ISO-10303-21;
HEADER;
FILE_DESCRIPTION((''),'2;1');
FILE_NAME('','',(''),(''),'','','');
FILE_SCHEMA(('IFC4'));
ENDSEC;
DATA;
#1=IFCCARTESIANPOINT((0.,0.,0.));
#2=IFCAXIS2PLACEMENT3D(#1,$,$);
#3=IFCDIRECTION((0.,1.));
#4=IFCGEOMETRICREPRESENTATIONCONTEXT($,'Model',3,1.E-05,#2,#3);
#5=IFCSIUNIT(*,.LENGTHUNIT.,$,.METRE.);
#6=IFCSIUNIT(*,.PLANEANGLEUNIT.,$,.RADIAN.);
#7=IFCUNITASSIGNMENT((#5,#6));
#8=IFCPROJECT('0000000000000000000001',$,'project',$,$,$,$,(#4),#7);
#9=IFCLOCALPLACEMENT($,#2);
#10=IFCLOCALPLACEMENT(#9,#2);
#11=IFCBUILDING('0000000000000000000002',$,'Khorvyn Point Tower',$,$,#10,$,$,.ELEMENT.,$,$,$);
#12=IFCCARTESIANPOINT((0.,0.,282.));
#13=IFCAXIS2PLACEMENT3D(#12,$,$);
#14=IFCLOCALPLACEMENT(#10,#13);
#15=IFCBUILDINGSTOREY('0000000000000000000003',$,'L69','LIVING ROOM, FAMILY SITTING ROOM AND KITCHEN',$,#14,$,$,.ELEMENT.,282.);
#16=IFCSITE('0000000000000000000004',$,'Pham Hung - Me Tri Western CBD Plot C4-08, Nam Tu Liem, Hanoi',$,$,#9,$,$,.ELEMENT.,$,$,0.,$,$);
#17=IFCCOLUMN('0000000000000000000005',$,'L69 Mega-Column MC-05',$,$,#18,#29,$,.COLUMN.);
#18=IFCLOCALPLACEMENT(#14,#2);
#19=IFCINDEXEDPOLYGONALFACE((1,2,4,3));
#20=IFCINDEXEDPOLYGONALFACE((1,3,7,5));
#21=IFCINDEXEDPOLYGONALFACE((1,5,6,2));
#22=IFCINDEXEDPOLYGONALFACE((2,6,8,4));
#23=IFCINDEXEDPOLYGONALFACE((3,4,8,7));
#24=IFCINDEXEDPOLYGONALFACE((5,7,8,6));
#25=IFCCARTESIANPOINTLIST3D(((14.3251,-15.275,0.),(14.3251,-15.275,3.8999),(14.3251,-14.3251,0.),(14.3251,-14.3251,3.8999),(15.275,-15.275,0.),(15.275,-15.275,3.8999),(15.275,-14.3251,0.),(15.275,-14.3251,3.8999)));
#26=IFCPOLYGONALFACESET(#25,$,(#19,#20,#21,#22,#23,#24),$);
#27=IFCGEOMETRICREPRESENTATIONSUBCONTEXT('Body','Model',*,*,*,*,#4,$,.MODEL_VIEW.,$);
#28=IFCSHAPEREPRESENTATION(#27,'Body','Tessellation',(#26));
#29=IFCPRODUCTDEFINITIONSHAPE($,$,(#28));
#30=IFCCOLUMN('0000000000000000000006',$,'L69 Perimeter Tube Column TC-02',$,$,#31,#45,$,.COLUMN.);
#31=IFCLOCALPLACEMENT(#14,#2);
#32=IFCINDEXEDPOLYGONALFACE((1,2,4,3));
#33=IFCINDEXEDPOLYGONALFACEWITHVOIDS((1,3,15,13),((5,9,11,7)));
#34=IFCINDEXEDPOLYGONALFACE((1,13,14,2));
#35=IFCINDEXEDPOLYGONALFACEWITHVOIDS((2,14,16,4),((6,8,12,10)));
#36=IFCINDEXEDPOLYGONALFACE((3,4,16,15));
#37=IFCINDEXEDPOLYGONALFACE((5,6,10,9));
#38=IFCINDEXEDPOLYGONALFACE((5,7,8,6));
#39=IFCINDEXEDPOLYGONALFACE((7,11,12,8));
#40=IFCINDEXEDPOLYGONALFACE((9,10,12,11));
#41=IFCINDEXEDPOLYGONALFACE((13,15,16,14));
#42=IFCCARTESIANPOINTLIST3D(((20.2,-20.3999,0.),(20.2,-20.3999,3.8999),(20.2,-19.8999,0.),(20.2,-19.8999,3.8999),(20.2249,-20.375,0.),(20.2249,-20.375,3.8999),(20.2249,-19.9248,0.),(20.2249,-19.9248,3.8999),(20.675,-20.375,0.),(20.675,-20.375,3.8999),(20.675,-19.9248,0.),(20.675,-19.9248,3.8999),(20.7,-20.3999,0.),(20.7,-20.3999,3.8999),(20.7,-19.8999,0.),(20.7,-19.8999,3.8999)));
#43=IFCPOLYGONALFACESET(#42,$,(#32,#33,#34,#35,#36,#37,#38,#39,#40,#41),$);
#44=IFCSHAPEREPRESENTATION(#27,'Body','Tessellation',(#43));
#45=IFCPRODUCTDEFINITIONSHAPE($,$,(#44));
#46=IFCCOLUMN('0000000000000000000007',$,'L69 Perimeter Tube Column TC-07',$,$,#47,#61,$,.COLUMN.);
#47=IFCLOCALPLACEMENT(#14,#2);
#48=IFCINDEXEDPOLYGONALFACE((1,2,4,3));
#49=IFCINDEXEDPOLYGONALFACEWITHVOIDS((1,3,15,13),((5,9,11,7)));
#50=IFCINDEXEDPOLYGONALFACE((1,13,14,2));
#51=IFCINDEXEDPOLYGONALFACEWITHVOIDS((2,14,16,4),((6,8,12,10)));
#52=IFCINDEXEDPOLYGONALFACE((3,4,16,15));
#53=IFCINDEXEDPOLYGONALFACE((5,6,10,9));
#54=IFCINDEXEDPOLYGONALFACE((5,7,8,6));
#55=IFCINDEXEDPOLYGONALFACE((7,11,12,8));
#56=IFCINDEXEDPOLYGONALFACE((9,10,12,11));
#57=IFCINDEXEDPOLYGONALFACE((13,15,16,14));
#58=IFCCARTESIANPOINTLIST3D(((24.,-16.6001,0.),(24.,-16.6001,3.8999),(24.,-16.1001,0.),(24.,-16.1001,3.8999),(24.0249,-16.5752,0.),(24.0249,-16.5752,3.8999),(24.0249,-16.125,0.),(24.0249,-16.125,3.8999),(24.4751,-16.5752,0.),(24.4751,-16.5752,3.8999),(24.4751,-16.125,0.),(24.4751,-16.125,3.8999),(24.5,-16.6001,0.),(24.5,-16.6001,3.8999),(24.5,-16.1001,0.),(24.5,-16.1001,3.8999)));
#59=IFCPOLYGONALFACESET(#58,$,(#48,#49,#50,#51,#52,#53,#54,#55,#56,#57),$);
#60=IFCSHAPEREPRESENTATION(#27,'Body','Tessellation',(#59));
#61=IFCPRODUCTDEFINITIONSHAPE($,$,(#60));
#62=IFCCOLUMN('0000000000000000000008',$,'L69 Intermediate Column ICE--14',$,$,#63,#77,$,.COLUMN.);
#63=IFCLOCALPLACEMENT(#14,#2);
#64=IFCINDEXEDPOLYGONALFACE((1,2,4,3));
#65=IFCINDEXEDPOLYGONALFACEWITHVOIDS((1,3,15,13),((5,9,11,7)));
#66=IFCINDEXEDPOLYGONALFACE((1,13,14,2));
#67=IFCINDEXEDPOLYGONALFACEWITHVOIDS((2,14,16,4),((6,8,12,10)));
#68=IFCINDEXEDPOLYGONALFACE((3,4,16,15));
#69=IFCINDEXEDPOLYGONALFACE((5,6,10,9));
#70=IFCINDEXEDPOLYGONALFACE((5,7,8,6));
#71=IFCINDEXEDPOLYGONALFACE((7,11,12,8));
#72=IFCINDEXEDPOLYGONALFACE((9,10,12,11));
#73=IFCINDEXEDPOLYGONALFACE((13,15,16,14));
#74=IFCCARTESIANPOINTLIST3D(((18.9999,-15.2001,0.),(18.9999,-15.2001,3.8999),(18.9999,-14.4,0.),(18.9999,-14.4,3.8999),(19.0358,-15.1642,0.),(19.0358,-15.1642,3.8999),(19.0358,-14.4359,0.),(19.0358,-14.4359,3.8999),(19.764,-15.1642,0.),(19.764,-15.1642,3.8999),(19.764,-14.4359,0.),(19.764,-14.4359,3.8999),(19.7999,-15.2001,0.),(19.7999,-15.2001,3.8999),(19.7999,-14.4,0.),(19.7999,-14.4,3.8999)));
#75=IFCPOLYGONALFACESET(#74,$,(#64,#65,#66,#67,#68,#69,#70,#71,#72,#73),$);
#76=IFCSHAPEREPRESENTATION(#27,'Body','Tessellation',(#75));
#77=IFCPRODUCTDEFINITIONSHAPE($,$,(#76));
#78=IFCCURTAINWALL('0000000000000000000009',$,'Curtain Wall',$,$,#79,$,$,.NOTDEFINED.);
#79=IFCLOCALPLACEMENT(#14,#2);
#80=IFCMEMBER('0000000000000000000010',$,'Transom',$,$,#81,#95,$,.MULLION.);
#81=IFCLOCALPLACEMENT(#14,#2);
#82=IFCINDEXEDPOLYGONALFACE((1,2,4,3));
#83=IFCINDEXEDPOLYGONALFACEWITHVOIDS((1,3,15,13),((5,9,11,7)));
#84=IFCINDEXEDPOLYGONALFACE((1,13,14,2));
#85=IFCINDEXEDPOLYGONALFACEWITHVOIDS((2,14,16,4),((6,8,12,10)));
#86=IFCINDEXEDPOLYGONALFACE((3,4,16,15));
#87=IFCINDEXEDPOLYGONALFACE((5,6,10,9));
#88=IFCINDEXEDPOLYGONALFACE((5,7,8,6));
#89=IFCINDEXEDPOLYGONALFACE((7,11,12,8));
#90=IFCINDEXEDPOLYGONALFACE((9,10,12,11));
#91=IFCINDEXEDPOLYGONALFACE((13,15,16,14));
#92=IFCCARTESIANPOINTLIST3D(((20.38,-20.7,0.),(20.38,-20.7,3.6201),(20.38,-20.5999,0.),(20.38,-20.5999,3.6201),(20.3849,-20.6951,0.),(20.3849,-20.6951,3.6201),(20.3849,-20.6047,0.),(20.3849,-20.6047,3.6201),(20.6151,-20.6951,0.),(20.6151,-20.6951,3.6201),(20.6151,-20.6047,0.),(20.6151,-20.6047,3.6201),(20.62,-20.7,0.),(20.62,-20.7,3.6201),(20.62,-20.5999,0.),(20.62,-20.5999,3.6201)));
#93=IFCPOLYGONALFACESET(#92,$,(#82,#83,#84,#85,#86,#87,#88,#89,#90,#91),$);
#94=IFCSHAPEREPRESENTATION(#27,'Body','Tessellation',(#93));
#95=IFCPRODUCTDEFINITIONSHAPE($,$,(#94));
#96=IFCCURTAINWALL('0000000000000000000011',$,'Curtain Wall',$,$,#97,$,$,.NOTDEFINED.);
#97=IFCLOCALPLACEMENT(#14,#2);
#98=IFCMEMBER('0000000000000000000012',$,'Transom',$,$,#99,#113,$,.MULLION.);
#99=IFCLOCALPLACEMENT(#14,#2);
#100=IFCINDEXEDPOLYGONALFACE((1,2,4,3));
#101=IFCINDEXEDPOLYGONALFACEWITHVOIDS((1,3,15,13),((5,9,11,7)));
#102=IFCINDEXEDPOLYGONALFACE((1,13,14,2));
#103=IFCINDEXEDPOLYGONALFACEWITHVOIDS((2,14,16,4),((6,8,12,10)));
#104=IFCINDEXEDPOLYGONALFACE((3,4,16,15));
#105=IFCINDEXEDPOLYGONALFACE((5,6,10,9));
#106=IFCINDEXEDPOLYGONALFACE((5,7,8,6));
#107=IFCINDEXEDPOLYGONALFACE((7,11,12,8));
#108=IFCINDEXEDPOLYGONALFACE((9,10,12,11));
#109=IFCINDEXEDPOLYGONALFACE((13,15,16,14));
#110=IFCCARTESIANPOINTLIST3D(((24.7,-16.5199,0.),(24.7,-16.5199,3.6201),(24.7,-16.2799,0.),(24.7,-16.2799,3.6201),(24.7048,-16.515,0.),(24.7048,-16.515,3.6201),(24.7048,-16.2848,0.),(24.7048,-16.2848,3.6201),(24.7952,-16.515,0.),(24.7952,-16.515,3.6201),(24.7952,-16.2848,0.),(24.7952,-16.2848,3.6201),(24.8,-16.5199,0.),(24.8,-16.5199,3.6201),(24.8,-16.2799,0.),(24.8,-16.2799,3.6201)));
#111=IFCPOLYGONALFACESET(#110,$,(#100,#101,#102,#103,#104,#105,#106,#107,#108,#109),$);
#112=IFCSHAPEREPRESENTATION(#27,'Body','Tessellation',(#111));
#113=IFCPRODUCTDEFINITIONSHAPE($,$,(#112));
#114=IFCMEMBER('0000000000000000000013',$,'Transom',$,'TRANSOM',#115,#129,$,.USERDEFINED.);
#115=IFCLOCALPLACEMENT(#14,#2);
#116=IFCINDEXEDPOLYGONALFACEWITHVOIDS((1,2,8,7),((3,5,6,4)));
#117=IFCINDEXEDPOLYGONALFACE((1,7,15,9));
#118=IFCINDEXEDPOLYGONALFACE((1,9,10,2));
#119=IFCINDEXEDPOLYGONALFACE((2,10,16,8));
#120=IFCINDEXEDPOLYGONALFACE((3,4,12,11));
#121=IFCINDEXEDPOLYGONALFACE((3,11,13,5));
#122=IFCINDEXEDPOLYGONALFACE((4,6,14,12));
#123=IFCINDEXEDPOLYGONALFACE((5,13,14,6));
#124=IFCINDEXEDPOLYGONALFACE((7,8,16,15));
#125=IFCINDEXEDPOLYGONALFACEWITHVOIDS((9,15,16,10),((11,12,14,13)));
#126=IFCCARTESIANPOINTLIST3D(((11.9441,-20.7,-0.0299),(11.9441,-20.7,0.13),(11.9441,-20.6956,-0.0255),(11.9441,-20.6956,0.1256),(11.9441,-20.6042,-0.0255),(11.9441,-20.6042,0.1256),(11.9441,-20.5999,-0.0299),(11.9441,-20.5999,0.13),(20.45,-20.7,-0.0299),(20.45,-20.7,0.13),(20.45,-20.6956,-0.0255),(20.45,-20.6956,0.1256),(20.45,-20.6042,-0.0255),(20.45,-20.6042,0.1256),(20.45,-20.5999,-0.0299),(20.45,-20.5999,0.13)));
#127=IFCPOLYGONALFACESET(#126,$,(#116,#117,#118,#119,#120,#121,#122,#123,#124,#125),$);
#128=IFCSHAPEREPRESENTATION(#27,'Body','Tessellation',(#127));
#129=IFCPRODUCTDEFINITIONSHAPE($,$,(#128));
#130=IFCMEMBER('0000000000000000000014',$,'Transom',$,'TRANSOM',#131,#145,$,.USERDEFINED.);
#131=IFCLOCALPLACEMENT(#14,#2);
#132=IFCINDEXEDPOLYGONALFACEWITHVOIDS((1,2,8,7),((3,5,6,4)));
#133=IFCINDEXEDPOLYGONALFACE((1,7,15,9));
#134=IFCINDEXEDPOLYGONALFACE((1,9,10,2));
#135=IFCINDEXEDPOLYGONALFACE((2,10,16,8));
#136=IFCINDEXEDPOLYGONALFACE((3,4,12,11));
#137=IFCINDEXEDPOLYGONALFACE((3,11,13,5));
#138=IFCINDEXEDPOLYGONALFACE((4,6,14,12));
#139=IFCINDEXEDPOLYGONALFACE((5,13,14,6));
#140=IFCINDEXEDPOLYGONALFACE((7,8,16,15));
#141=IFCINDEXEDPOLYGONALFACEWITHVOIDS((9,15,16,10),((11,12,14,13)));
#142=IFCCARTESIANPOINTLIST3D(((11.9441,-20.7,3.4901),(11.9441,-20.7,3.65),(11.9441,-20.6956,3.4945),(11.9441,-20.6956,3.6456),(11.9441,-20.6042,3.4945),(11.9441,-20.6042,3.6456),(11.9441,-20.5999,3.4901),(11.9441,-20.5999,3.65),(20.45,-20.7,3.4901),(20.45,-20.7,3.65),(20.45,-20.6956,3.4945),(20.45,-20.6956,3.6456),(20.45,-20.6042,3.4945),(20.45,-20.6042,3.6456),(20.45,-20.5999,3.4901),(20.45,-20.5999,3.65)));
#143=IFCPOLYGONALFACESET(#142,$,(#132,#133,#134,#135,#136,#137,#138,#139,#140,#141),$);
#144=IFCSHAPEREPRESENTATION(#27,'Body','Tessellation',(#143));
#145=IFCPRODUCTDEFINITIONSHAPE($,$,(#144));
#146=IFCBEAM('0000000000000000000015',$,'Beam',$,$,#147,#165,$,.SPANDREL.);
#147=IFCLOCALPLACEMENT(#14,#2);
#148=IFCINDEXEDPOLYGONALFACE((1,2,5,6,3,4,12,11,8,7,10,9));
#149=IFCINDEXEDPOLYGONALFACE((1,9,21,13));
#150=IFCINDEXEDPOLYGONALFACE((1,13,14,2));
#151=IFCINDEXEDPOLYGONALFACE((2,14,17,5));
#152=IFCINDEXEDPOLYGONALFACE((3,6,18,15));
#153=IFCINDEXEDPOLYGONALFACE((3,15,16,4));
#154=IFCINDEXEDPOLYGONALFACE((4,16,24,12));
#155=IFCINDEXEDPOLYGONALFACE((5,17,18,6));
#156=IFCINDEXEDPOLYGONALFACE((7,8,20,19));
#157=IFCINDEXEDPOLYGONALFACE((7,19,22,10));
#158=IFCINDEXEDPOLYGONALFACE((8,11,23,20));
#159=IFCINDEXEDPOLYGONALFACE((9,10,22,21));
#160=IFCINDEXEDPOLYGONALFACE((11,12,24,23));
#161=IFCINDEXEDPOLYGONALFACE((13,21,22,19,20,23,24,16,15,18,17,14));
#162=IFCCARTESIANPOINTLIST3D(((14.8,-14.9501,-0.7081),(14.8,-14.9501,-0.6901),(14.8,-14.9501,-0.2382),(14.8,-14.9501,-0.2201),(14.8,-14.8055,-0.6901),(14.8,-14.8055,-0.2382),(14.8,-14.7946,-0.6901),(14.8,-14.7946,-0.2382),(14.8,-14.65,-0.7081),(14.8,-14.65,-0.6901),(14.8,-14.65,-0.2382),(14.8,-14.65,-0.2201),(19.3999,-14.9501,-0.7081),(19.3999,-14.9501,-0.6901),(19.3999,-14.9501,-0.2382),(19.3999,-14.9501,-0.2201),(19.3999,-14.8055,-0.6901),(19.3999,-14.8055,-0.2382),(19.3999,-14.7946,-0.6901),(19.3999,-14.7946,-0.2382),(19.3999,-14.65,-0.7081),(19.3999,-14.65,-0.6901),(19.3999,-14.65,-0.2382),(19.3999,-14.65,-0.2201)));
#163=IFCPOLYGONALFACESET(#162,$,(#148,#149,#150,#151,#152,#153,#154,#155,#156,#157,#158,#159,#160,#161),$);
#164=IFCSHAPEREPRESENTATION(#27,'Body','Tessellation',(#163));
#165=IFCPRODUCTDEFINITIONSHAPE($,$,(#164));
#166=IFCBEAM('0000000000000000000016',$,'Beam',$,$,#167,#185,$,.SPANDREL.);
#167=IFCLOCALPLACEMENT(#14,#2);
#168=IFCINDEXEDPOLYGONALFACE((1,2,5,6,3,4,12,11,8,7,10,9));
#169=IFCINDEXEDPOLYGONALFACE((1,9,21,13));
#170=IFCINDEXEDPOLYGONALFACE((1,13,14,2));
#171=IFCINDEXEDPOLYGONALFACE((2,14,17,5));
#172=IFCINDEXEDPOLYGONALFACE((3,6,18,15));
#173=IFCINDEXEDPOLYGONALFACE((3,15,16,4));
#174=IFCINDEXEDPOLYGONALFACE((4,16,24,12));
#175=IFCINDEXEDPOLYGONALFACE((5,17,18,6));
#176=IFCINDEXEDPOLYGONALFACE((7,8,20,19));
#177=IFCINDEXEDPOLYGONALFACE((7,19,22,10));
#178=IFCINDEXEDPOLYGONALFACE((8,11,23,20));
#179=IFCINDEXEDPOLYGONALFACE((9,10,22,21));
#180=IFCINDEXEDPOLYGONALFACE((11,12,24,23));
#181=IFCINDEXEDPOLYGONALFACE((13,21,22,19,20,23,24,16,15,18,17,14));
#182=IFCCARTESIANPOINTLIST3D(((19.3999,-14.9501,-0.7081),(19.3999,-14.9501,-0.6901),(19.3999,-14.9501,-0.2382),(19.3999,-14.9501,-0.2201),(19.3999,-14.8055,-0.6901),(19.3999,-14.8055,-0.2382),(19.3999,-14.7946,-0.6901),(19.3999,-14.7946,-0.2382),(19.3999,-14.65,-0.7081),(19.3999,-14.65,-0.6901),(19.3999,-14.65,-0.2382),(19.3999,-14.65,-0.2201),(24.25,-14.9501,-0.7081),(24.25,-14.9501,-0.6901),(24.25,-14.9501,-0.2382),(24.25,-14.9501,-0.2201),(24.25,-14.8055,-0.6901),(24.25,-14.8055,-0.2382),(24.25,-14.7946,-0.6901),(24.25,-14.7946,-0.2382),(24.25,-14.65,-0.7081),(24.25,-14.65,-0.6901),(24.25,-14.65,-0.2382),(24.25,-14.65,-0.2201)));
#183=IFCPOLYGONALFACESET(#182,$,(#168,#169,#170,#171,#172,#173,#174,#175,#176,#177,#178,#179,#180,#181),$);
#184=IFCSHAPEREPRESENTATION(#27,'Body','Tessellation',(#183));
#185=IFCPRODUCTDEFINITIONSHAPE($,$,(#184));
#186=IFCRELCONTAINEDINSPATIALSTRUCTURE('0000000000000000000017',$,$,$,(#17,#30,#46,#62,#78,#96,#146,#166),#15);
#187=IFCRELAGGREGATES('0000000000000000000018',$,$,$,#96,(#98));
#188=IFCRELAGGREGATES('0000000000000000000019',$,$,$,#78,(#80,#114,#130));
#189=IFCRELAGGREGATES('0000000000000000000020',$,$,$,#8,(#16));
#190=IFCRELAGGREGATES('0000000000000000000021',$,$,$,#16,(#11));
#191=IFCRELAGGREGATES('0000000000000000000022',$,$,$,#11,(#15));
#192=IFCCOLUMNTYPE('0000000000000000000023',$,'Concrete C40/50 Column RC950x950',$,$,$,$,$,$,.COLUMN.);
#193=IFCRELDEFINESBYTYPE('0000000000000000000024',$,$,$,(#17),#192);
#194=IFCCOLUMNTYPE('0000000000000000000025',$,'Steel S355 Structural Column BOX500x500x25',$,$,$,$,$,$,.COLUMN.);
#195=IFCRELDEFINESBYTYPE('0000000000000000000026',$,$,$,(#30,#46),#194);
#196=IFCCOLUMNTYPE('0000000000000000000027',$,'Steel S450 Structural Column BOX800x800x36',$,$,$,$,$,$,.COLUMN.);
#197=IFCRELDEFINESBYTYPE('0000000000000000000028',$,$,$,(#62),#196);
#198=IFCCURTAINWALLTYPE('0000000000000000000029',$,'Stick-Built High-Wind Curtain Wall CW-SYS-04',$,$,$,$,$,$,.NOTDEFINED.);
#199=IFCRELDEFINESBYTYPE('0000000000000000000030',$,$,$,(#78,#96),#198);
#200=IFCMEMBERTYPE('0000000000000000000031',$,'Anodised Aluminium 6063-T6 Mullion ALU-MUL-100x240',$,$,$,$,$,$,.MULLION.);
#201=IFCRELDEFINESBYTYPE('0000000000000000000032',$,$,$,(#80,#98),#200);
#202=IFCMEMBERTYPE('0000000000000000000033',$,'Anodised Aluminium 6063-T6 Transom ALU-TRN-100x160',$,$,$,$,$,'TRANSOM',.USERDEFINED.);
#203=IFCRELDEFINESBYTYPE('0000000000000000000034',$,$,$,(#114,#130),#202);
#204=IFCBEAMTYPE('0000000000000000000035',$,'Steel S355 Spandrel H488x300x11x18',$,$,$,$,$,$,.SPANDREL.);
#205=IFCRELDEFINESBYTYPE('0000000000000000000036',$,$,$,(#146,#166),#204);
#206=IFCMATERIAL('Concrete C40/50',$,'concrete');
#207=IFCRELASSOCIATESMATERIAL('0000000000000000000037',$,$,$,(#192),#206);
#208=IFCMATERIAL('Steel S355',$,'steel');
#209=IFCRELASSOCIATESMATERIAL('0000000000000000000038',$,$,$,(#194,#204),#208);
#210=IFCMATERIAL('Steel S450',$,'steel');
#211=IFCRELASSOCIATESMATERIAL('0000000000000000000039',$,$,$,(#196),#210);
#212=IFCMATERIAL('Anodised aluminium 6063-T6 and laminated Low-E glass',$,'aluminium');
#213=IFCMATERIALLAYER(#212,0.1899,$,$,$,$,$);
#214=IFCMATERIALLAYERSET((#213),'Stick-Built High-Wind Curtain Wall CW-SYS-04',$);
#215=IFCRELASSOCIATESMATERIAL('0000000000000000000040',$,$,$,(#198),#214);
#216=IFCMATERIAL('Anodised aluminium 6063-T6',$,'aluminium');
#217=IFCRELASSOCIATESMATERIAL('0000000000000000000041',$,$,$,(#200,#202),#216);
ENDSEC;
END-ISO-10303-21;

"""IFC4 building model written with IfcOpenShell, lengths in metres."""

from ifc_helpers import new_model, si_unit, direction, frame, origin, origin_2d, place, context, subcontext, project, spatial, rectangle, hollow_rectangle, i_section, extrude, material, layer, layer_set, material_profile, profile_set, type_object, element, aggregate, save


model = new_model("IFC4")

# Units and contexts
model_context = context("Model", 3, precision=1e-05, world=origin(), true_north=direction((0.0, 1.0)))
body_context = subcontext(model_context, "Body", "Model", "MODEL_VIEW")
ifc_project = project(units=[si_unit("LENGTHUNIT", "METRE"), si_unit("PLANEANGLEUNIT", "RADIAN")], contexts=[model_context])

# Site, building, storey
site_placement = place(None, origin())
site = spatial("IfcSite", under=ifc_project, at=site_placement, Name="Pham Hung - Me Tri Western CBD Plot C4-08, Nam Tu Liem, Hanoi", CompositionType="ELEMENT", RefElevation=0.0)
building_placement = place(site_placement, origin())
building = spatial("IfcBuilding", under=site, at=building_placement, Name="Khorvyn Point Tower", CompositionType="ELEMENT")
storey_placement = place(building_placement, frame((0.0, 0.0, 282.0)))
storey = spatial("IfcBuildingStorey", under=building, at=storey_placement, Name="L69", Description="LIVING ROOM, FAMILY SITTING ROOM AND KITCHEN", CompositionType="ELEMENT", Elevation=282.0)

# Columns
ifc_material_1 = material(Name="Concrete C40/50", Category="concrete")
ifc_material_profile_1 = material_profile(ifc_material_1, rectangle(XDim=0.95, YDim=0.95, at=origin_2d()))
ifc_profile_set_1 = profile_set([ifc_material_profile_1], Name="Concrete C40/50 RC950x950")
column_type_1 = type_object("IfcColumnType", Name="Concrete C40/50 Column RC950x950", PredefinedType="COLUMN", material=ifc_profile_set_1)
column_1_placement = place(storey_placement, frame((14.8, -14.8, 0.0), z_axis=(0.0, 0.0, 1.0), x_axis=(1.0, 0.0, 0.0)))
element("IfcColumn", 1, at=column_1_placement, inside=storey, type_object=column_type_1, Name="L69 Mega-Column MC-05", PredefinedType="COLUMN", context=body_context, shape_type="SweptSolid", body=[
    extrude(rectangle(XDim=0.95, YDim=0.95, at=origin_2d()), origin(), (0.0, 0.0, 1.0), 3.8999),
])
ifc_material_2 = material(Name="Steel S355", Category="steel")
ifc_material_profile_2 = material_profile(ifc_material_2, hollow_rectangle(XDim=0.5, YDim=0.5, WallThickness=0.0249, at=origin_2d()))
ifc_profile_set_2 = profile_set([ifc_material_profile_2], Name="Steel S355 BOX500x500x25")
column_type_2 = type_object("IfcColumnType", Name="Steel S355 Structural Column BOX500x500x25", PredefinedType="COLUMN", material=ifc_profile_set_2)
for number, where, z_axis, x_axis, name in (
    (2, (20.45, -20.1499, 0.0), (0.0, 0.0, 1.0), (1.0, 0.0, 0.0), "L69 Perimeter Tube Column TC-02"),
    (3, (24.25, -16.3501, 0.0), (0.0, 0.0, 1.0), (1.0, 0.0, 0.0), "L69 Perimeter Tube Column TC-07"),
):
    element("IfcColumn", number, at=place(storey_placement, frame(where, z_axis=z_axis, x_axis=x_axis)), inside=storey, type_object=column_type_2, Name=name, PredefinedType="COLUMN", context=body_context, shape_type="SweptSolid", body=[
        extrude(hollow_rectangle(XDim=0.5, YDim=0.5, WallThickness=0.0249, at=origin_2d()), origin(), (0.0, 0.0, 1.0), 3.8999),
    ])
ifc_material_3 = material(Name="Steel S450", Category="steel")
ifc_material_profile_3 = material_profile(ifc_material_3, hollow_rectangle(XDim=0.8, YDim=0.8, WallThickness=0.0359, at=origin_2d()))
ifc_profile_set_3 = profile_set([ifc_material_profile_3], Name="Steel S450 BOX800x800x36")
column_type_3 = type_object("IfcColumnType", Name="Steel S450 Structural Column BOX800x800x36", PredefinedType="COLUMN", material=ifc_profile_set_3)
column_2_placement = place(storey_placement, frame((19.3999, -14.8, 0.0), z_axis=(0.0, 0.0, 1.0), x_axis=(1.0, 0.0, 0.0)))
element("IfcColumn", 4, at=column_2_placement, inside=storey, type_object=column_type_3, Name="L69 Intermediate Column ICE--14", PredefinedType="COLUMN", context=body_context, shape_type="SweptSolid", body=[
    extrude(hollow_rectangle(XDim=0.8, YDim=0.8, WallThickness=0.0359, at=origin_2d()), origin(), (0.0, 0.0, 1.0), 3.8999),
])

# Curtain walls, members
ifc_material_4 = material(Name="Anodised aluminium 6063-T6 and laminated Low-E glass", Category="aluminium")
ifc_layer_1 = layer(ifc_material_4, 0.1899)
ifc_layer_set_1 = layer_set([ifc_layer_1], Name="Stick-Built High-Wind Curtain Wall CW-SYS-04")
curtain_wall_type = type_object("IfcCurtainWallType", Name="Stick-Built High-Wind Curtain Wall CW-SYS-04", PredefinedType="NOTDEFINED", material=ifc_layer_set_1)
curtain_wall_1_placement = place(storey_placement, origin())
curtain_wall_1 = element("IfcCurtainWall", 5, at=curtain_wall_1_placement, inside=storey, type_object=curtain_wall_type, Name="Curtain Wall", PredefinedType="NOTDEFINED")
ifc_material_5 = material(Name="Anodised aluminium 6063-T6", Category="aluminium")
ifc_material_profile_4 = material_profile(ifc_material_5, hollow_rectangle(XDim=0.1001, YDim=0.24, WallThickness=0.0049, at=origin_2d()))
ifc_profile_set_4 = profile_set([ifc_material_profile_4], Name="Anodised aluminium 6063-T6 ALU-MUL-100x240")
member_type_1 = type_object("IfcMemberType", Name="Anodised Aluminium 6063-T6 Mullion ALU-MUL-100x240", PredefinedType="MULLION", material=ifc_profile_set_4)
member_1_placement = place(storey_placement, frame((20.5, -20.6499, 0.0), z_axis=(0.0, 0.0, 1.0), x_axis=(0.0, -1.0, 0.0)))
member_1 = element("IfcMember", 6, at=member_1_placement, type_object=member_type_1, Name="Transom", PredefinedType="MULLION", context=body_context, shape_type="SweptSolid", body=[
    extrude(hollow_rectangle(XDim=0.1001, YDim=0.24, WallThickness=0.0049, at=origin_2d()), origin(), (0.0, 0.0, 1.0), 3.6201),
])
curtain_wall_2_placement = place(storey_placement, origin())
curtain_wall_2 = element("IfcCurtainWall", 7, at=curtain_wall_2_placement, inside=storey, type_object=curtain_wall_type, Name="Curtain Wall", PredefinedType="NOTDEFINED")
member_2_placement = place(storey_placement, frame((24.75, -16.3999, 0.0), z_axis=(0.0, 0.0, 1.0), x_axis=(1.0, 0.0, 0.0)))
member_2 = element("IfcMember", 8, at=member_2_placement, type_object=member_type_1, Name="Transom", PredefinedType="MULLION", context=body_context, shape_type="SweptSolid", body=[
    extrude(hollow_rectangle(XDim=0.1001, YDim=0.24, WallThickness=0.0049, at=origin_2d()), origin(), (0.0, 0.0, 1.0), 3.6201),
])
aggregate(curtain_wall_2, [member_2])

# Members
ifc_material_profile_5 = material_profile(ifc_material_5, hollow_rectangle(XDim=0.1001, YDim=0.1599, WallThickness=0.0044, at=origin_2d()))
ifc_profile_set_5 = profile_set([ifc_material_profile_5], Name="Anodised aluminium 6063-T6 ALU-TRN-100x160")
member_type_2 = type_object("IfcMemberType", Name="Anodised Aluminium 6063-T6 Transom ALU-TRN-100x160", ElementType="TRANSOM", PredefinedType="USERDEFINED", material=ifc_profile_set_5)
member_3_placement = place(storey_placement, frame((20.45, -20.6499, 0.05), z_axis=(-1.0, 0.0, 0.0), x_axis=(0.0, -1.0, 0.0)))
member_3 = element("IfcMember", 9, at=member_3_placement, type_object=member_type_2, Name="Transom", ObjectType="TRANSOM", PredefinedType="USERDEFINED", context=body_context, shape_type="SweptSolid", body=[
    extrude(hollow_rectangle(XDim=0.1001, YDim=0.1599, WallThickness=0.0044, at=origin_2d()), origin(), (0.0, 0.0, 1.0), 8.5059),
])
member_4_placement = place(storey_placement, frame((20.45, -20.6499, 3.5701), z_axis=(-1.0, 0.0, 0.0), x_axis=(0.0, -1.0, 0.0)))
member_4 = element("IfcMember", 10, at=member_4_placement, type_object=member_type_2, Name="Transom", ObjectType="TRANSOM", PredefinedType="USERDEFINED", context=body_context, shape_type="SweptSolid", body=[
    extrude(hollow_rectangle(XDim=0.1001, YDim=0.1599, WallThickness=0.0044, at=origin_2d()), origin(), (0.0, 0.0, 1.0), 8.5059),
])

# Beams
ifc_material_profile_6 = material_profile(ifc_material_2, i_section(OverallWidth=0.3, OverallDepth=0.488, WebThickness=0.011, FlangeThickness=0.0181, at=origin_2d()))
ifc_profile_set_6 = profile_set([ifc_material_profile_6], Name="Steel S355 H488x300x11x18")
beam_type_1 = type_object("IfcBeamType", Name="Steel S355 Spandrel H488x300x11x18", PredefinedType="SPANDREL", material=ifc_profile_set_6)
beam_1_placement = place(storey_placement, frame((14.8, -14.8, -0.4641), z_axis=(1.0, 0.0, 0.0), x_axis=(0.0, 1.0, 0.0)))
element("IfcBeam", 11, at=beam_1_placement, inside=storey, type_object=beam_type_1, Name="Beam", PredefinedType="SPANDREL", context=body_context, shape_type="SweptSolid", body=[
    extrude(i_section(OverallWidth=0.3, OverallDepth=0.488, WebThickness=0.011, FlangeThickness=0.0181, at=origin_2d()), origin(), (0.0, 0.0, 1.0), 4.5999),
])
beam_2_placement = place(storey_placement, frame((19.3999, -14.8, -0.4641), z_axis=(1.0, 0.0, 0.0), x_axis=(0.0, 1.0, 0.0)))
element("IfcBeam", 12, at=beam_2_placement, inside=storey, type_object=beam_type_1, Name="Beam", PredefinedType="SPANDREL", context=body_context, shape_type="SweptSolid", body=[
    extrude(i_section(OverallWidth=0.3, OverallDepth=0.488, WebThickness=0.011, FlangeThickness=0.0181, at=origin_2d()), origin(), (0.0, 0.0, 1.0), 4.8501),
])

aggregate(curtain_wall_1, [member_1, member_3, member_4])

save(model, "model.ifc")
